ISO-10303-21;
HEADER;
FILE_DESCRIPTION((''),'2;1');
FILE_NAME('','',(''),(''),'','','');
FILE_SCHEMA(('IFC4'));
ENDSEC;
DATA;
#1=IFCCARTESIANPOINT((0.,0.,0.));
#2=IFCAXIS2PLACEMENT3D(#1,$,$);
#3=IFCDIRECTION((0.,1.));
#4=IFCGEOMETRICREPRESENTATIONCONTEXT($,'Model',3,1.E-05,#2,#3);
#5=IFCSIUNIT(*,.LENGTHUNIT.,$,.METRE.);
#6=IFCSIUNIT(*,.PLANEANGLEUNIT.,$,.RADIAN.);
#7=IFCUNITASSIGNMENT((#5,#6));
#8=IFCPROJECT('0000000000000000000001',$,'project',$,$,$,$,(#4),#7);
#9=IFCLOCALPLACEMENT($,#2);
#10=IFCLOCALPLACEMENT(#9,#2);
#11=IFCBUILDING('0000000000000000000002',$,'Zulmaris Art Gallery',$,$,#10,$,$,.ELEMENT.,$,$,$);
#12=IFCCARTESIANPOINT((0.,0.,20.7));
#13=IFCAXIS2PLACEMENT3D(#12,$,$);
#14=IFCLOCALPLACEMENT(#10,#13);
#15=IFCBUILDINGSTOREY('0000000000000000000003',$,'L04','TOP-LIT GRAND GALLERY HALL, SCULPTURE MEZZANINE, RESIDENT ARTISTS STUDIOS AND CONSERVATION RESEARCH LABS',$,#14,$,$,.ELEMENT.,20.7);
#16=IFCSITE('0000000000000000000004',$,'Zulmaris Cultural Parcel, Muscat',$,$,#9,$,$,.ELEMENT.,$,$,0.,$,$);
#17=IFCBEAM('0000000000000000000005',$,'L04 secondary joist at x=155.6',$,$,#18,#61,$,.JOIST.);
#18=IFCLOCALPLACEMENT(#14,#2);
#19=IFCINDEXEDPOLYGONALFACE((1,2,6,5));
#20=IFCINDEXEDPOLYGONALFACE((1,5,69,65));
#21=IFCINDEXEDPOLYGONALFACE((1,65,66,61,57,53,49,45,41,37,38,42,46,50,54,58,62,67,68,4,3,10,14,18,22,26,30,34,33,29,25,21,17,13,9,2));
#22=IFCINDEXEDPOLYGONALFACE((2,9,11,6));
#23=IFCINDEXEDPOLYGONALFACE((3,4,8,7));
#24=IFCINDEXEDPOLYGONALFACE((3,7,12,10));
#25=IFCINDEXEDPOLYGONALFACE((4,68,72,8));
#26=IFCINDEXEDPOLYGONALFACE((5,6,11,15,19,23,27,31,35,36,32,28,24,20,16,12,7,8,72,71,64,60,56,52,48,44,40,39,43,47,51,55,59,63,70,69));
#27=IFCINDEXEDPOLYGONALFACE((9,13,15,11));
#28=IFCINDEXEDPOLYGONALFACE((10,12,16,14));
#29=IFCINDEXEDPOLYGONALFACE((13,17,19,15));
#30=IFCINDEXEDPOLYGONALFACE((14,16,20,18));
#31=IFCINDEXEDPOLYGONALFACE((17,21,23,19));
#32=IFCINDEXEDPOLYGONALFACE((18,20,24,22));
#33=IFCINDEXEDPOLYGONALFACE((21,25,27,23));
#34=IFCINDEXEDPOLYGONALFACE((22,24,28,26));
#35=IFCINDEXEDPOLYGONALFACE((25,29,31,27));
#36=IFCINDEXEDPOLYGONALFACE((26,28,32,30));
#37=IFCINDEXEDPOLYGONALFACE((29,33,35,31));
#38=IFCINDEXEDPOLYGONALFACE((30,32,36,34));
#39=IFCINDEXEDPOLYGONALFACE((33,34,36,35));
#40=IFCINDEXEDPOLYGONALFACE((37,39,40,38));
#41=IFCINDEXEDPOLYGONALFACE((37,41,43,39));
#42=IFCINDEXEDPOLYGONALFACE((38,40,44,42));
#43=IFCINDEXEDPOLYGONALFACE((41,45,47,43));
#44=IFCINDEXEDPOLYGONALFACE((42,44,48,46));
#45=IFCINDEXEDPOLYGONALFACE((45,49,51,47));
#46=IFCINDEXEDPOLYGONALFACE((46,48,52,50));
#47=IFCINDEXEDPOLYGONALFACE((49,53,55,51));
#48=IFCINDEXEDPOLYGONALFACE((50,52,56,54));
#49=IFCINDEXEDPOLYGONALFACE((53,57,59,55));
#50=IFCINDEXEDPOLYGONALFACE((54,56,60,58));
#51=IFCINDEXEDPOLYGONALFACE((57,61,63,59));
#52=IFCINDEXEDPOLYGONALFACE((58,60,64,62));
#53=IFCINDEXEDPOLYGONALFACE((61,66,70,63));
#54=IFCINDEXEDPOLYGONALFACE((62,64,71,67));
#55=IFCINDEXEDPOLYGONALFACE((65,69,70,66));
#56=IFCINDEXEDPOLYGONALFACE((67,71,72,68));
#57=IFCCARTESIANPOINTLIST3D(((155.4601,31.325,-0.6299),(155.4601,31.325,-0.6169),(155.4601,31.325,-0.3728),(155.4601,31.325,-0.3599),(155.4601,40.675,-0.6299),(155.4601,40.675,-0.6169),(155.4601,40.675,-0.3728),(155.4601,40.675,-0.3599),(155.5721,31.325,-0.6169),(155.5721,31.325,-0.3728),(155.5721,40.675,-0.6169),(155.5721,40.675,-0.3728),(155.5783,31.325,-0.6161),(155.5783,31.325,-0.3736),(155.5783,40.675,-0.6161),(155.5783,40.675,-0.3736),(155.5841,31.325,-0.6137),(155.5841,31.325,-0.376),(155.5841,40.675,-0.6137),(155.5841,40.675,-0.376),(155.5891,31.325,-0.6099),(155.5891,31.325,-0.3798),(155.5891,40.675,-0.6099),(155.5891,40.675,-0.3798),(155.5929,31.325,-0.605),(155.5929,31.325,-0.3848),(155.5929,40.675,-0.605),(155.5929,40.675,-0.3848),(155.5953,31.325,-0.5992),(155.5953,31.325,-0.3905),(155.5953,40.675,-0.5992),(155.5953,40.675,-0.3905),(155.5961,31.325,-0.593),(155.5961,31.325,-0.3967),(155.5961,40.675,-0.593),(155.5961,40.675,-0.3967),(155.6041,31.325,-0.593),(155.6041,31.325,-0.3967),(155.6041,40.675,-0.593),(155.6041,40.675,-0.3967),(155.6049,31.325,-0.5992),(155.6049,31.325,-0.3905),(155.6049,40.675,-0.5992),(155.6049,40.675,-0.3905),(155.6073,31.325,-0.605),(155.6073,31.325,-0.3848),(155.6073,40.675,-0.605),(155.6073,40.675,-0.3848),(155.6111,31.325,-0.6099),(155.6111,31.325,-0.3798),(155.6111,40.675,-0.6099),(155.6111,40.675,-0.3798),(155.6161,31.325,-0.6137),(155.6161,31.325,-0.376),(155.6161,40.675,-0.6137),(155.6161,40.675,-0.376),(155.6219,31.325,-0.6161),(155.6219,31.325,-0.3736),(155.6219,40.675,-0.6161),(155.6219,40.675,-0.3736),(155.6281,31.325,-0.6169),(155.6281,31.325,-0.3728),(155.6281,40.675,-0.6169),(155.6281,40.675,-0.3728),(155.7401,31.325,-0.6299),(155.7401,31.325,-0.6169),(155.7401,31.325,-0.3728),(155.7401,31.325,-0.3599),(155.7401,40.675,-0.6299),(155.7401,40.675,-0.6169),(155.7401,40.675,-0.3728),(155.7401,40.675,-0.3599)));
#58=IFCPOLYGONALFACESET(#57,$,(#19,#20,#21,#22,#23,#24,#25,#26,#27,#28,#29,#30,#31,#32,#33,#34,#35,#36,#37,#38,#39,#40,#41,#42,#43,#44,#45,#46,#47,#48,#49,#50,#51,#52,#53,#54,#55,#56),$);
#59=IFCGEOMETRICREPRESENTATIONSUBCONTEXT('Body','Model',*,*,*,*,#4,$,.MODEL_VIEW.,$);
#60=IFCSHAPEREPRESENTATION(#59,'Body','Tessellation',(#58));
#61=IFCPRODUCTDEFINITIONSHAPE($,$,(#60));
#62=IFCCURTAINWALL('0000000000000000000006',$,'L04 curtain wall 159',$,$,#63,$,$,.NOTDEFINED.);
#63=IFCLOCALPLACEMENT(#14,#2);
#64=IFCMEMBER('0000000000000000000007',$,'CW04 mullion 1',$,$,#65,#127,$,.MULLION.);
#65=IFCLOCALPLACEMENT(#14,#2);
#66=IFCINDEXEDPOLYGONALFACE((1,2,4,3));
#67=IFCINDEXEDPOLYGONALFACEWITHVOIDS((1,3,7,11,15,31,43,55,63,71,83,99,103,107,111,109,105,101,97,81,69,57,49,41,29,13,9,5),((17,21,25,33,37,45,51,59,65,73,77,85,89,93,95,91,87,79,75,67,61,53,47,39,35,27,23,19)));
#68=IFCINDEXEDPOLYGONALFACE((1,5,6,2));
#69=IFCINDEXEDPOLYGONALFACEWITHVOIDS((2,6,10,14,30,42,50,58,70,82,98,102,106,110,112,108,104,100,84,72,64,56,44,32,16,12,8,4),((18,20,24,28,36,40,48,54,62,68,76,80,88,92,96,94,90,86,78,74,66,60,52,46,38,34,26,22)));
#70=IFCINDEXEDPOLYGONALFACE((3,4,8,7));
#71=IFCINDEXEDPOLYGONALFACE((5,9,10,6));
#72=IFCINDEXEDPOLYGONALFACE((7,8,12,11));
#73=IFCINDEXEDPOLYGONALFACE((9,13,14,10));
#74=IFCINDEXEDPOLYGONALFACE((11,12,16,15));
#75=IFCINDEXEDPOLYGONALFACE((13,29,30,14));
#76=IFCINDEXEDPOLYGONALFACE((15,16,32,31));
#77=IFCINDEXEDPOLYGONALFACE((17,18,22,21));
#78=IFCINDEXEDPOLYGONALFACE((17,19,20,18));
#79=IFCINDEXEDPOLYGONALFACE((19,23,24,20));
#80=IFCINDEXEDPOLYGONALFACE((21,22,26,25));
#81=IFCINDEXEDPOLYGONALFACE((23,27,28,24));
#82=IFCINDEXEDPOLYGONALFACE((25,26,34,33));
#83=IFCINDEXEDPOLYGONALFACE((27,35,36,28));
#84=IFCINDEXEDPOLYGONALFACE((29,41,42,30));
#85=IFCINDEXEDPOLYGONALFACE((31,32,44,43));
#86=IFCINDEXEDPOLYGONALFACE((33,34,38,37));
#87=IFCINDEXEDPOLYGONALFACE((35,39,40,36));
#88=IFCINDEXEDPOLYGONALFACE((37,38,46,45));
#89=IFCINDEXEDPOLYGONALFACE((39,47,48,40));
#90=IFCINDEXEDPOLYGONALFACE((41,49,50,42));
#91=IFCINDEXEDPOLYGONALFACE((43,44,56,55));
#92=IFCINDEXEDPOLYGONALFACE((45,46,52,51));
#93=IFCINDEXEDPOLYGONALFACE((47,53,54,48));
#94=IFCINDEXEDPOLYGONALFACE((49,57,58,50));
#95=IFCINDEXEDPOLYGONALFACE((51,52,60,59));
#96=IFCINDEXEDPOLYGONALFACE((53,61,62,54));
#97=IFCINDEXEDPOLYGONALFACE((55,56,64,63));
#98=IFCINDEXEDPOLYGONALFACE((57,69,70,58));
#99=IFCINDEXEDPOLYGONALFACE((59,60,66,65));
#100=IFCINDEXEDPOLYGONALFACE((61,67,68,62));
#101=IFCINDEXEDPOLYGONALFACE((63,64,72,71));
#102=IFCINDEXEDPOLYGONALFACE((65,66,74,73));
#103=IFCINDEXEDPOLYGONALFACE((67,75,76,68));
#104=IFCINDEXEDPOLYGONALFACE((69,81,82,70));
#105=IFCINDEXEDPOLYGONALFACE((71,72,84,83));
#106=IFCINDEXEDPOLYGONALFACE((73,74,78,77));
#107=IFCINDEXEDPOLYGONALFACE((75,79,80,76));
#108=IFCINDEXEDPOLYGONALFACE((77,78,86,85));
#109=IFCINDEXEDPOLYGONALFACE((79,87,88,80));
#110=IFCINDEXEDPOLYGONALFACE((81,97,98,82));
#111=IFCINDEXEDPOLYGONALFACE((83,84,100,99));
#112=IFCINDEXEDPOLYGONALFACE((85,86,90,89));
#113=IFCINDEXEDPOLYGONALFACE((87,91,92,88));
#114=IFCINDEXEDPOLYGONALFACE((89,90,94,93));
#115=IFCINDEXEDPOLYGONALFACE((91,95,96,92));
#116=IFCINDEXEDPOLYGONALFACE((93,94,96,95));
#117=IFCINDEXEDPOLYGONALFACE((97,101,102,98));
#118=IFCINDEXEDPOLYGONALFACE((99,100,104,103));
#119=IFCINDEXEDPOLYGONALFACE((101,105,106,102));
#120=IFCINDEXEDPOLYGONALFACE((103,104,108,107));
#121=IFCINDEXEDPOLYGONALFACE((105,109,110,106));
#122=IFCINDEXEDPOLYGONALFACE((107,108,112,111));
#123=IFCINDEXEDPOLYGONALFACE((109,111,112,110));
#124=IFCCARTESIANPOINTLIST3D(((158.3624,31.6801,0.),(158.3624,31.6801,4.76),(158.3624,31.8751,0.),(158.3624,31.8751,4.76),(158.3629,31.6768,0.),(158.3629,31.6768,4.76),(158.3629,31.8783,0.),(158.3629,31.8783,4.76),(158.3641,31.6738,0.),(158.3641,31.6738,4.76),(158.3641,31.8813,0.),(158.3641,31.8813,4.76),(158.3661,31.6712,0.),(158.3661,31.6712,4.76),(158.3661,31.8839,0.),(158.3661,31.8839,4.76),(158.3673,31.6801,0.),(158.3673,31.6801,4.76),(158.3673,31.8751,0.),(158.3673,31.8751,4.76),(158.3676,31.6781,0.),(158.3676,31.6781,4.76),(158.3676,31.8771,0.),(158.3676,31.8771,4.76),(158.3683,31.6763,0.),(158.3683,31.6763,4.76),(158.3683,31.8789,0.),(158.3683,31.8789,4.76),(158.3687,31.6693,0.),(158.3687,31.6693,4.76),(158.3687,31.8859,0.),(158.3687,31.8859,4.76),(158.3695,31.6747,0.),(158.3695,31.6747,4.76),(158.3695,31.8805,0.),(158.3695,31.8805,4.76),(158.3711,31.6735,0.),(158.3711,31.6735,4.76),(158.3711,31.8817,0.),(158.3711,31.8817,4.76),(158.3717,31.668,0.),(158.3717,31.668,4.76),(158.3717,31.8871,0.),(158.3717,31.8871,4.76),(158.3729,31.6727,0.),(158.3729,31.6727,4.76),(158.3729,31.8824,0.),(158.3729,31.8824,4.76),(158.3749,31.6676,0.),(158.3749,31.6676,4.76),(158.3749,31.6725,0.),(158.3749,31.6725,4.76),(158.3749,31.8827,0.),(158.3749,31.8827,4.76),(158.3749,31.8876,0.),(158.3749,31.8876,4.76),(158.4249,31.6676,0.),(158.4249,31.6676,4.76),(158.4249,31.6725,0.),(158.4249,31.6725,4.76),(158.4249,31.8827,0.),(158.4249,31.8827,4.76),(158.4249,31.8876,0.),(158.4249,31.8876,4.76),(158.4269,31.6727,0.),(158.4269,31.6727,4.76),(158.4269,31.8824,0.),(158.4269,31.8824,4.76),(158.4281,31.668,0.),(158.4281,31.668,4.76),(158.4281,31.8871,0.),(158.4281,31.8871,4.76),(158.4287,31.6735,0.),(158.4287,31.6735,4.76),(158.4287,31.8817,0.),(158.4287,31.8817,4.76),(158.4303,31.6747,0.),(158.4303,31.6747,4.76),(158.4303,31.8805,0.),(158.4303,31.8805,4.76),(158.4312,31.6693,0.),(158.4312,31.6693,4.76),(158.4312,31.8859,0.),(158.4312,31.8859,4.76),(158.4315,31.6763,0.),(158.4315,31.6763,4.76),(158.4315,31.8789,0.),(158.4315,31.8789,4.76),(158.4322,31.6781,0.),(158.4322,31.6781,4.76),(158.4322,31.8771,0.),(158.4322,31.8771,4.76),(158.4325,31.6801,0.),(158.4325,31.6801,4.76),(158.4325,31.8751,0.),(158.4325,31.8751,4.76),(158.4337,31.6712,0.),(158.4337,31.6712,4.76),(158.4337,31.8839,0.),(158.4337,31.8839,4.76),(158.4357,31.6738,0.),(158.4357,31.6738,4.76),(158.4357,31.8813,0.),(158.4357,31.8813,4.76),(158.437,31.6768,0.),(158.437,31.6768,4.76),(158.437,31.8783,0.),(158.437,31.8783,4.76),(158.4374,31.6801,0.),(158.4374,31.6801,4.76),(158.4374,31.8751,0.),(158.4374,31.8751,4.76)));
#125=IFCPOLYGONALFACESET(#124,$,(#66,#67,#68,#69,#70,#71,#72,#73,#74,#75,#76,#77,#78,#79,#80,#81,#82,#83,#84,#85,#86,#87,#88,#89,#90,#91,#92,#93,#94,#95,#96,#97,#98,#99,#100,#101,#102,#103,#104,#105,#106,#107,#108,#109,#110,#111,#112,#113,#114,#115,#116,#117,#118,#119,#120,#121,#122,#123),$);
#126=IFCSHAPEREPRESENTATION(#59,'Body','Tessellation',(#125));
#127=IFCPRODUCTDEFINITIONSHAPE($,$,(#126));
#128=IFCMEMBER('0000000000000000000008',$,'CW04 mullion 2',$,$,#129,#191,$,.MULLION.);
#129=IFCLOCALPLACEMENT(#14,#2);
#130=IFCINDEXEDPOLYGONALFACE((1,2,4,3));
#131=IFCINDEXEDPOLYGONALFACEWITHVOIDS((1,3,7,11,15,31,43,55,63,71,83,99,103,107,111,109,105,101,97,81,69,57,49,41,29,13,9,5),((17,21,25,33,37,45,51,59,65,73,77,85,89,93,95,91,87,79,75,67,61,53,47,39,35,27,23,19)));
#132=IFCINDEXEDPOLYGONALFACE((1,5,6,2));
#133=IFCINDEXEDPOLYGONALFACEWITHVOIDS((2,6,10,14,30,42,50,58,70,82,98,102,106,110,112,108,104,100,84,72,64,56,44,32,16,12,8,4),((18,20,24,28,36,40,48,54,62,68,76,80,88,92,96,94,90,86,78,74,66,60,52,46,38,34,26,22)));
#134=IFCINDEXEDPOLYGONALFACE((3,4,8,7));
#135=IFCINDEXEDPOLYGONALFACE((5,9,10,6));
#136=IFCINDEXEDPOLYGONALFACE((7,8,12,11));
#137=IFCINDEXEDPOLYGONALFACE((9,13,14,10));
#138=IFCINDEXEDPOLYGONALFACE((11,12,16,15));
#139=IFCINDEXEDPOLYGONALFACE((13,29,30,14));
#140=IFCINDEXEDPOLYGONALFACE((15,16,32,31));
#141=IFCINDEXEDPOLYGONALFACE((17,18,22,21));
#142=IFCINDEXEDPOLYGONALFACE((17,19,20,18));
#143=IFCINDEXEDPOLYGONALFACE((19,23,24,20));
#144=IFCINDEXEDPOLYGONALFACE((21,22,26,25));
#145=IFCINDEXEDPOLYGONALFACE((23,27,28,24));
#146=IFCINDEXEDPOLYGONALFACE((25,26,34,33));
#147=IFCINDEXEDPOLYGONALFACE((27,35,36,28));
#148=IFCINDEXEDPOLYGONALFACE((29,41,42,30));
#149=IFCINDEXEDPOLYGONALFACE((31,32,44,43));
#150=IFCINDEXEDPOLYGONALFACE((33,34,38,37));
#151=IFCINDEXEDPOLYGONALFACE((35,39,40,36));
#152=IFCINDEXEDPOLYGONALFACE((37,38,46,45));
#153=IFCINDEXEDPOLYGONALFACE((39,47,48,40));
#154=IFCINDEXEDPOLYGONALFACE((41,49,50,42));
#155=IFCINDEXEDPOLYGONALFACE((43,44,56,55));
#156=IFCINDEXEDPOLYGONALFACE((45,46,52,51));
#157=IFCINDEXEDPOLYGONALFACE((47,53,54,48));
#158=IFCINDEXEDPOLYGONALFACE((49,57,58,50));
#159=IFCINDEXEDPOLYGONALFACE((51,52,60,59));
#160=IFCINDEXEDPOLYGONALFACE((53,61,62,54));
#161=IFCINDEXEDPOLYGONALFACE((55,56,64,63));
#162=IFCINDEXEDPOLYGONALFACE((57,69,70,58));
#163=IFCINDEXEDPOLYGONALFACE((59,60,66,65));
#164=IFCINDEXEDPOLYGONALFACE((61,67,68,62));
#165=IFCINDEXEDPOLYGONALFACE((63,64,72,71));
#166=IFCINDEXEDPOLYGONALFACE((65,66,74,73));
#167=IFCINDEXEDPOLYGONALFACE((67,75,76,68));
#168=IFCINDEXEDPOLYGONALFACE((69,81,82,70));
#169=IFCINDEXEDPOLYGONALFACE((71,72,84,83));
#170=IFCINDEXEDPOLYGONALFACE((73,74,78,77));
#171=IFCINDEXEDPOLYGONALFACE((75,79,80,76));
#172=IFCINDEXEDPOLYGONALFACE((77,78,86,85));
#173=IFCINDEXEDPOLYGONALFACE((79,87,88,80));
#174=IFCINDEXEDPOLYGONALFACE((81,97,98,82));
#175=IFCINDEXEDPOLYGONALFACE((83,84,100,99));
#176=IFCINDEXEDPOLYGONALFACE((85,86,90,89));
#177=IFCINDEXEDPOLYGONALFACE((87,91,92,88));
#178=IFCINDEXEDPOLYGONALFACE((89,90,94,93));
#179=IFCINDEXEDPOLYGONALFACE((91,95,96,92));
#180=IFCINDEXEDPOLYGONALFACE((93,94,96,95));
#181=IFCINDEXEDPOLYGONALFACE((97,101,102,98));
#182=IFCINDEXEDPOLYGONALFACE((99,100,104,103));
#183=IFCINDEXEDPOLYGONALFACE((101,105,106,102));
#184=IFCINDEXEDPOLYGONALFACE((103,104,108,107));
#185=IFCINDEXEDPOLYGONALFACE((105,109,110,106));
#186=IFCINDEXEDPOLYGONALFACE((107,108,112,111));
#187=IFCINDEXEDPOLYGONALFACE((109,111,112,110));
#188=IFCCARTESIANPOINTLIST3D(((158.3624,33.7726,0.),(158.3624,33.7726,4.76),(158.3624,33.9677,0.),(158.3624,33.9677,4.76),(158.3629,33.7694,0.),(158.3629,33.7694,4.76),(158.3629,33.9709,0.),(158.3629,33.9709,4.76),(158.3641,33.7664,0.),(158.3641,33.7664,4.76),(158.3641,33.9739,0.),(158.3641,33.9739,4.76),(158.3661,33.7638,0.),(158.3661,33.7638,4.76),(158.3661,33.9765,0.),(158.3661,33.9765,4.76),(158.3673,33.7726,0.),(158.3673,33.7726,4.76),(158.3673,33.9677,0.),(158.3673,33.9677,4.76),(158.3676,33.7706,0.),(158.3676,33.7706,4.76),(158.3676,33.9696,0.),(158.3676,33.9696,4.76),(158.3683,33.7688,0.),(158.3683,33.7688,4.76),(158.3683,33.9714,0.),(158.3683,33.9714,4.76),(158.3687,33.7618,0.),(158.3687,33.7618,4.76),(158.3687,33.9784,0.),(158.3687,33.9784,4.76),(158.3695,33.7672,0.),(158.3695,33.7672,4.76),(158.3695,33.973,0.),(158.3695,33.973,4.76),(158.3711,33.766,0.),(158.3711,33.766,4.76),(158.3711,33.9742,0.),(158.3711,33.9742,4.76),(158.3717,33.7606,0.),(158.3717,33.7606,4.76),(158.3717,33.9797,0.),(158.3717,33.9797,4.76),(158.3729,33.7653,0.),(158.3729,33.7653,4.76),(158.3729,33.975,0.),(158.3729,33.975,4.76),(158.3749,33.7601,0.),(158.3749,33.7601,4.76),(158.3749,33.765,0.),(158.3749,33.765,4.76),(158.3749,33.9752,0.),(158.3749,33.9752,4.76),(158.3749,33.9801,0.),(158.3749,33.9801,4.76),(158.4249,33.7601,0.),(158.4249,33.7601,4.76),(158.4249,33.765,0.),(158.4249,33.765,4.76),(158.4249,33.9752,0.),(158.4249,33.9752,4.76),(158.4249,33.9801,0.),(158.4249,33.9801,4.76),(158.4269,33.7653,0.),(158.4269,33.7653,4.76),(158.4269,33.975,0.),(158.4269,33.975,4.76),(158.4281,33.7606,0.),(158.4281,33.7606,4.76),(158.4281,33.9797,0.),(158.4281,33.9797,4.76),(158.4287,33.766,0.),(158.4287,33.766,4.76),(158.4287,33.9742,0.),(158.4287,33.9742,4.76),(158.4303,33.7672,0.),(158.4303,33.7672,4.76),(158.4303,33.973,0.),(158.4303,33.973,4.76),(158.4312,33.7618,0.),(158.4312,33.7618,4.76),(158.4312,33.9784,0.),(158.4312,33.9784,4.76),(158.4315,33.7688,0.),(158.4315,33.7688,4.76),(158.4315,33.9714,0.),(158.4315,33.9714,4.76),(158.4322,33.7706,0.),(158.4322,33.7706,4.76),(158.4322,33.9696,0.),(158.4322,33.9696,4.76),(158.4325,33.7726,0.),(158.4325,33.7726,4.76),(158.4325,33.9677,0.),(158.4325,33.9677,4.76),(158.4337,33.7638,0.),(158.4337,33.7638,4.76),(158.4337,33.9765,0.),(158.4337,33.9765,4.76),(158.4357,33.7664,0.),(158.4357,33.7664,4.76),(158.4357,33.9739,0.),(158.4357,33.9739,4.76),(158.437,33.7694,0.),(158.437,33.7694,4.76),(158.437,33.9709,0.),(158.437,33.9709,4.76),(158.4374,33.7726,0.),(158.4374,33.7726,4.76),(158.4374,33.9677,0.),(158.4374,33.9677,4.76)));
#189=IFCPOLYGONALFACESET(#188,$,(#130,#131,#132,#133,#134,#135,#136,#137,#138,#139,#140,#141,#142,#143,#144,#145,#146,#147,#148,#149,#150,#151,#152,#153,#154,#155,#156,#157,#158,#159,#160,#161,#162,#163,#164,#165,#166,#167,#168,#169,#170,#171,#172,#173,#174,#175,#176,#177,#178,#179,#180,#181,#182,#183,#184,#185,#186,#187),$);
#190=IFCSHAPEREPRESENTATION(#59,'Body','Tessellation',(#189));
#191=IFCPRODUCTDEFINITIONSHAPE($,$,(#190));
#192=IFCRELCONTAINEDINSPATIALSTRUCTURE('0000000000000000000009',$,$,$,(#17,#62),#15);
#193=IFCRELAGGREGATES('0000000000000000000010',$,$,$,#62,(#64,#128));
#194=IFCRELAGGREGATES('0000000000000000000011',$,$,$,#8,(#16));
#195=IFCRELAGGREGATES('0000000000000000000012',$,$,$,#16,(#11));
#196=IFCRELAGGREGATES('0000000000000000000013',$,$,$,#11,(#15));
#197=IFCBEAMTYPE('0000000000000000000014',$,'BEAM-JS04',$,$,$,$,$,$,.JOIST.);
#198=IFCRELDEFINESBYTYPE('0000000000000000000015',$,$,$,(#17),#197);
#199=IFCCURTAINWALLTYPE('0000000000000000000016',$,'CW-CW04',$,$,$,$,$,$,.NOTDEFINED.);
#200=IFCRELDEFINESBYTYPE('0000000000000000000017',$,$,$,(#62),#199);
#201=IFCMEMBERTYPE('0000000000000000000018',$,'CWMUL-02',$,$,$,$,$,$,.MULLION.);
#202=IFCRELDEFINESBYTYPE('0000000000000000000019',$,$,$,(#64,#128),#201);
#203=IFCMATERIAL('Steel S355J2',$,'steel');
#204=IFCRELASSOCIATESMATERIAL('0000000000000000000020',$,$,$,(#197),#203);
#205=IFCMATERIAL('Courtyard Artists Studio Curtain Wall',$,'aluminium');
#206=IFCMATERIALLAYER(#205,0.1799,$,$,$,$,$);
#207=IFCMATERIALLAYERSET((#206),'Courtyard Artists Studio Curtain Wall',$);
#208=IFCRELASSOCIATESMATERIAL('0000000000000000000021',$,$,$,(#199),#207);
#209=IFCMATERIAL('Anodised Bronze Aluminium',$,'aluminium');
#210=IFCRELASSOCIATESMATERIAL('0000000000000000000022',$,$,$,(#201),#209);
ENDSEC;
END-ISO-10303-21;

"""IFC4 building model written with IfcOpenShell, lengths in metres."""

from ifc_helpers import new_model, si_unit, direction, frame, origin, origin_2d, place, context, subcontext, project, spatial, hollow_rectangle, i_section, extrude, material, layer, layer_set, material_profile, profile_set, type_object, element, aggregate, save


model = new_model("IFC4")

# Units and contexts
model_context = context("Model", 3, precision=1e-05, world=origin(), true_north=direction((0.0, 1.0)))
body_context = subcontext(model_context, "Body", "Model", "MODEL_VIEW")
ifc_project = project(units=[si_unit("LENGTHUNIT", "METRE"), si_unit("PLANEANGLEUNIT", "RADIAN")], contexts=[model_context])

# Site, building, storey
site_placement = place(None, origin())
site = spatial("IfcSite", under=ifc_project, at=site_placement, Name="Zulmaris Cultural Parcel, Muscat", CompositionType="ELEMENT", RefElevation=0.0)
building_placement = place(site_placement, origin())
building = spatial("IfcBuilding", under=site, at=building_placement, Name="Zulmaris Art Gallery", CompositionType="ELEMENT")
storey_placement = place(building_placement, frame((0.0, 0.0, 20.7)))
storey = spatial("IfcBuildingStorey", under=building, at=storey_placement, Name="L04", Description="TOP-LIT GRAND GALLERY HALL, SCULPTURE MEZZANINE, RESIDENT ARTISTS STUDIOS AND CONSERVATION RESEARCH LABS", CompositionType="ELEMENT", Elevation=20.7)

# Beam
ifc_material_1 = material(Name="Steel S355J2", Category="steel")
ifc_material_profile_1 = material_profile(ifc_material_1, i_section(OverallWidth=0.28, OverallDepth=0.27, WebThickness=0.0081, FlangeThickness=0.0129, FilletRadius=0.0239, at=origin_2d()), Name="HEA 280")
ifc_profile_set_1 = profile_set([ifc_material_profile_1], Name="Steel S355J2")
beam_type_1 = type_object("IfcBeamType", Name="BEAM-JS04", PredefinedType="JOIST", material=ifc_profile_set_1)
beam_1_placement = place(storey_placement, frame((155.6001, 31.325, -0.4949), z_axis=(0.0, 1.0, 0.0), x_axis=(-1.0, 0.0, 0.0)))
element("IfcBeam", 1, at=beam_1_placement, inside=storey, type_object=beam_type_1, Name="L04 secondary joist at x=155.6", PredefinedType="JOIST", context=body_context, shape_type="SweptSolid", body=[
    extrude(i_section(OverallWidth=0.28, OverallDepth=0.27, WebThickness=0.0081, FlangeThickness=0.0129, FilletRadius=0.0239, at=origin_2d()), origin(), (0.0, 0.0, 1.0), 9.3501),
])

# Curtain wall, members
ifc_material_2 = material(Name="Courtyard Artists Studio Curtain Wall", Category="aluminium")
ifc_layer_1 = layer(ifc_material_2, 0.1799)
ifc_layer_set_1 = layer_set([ifc_layer_1], Name="Courtyard Artists Studio Curtain Wall")
curtain_wall_type = type_object("IfcCurtainWallType", Name="CW-CW04", PredefinedType="NOTDEFINED", material=ifc_layer_set_1)
curtain_wall_placement = place(storey_placement, origin())
curtain_wall = element("IfcCurtainWall", 2, at=curtain_wall_placement, inside=storey, type_object=curtain_wall_type, Name="L04 curtain wall 159", PredefinedType="NOTDEFINED")
ifc_material_3 = material(Name="Anodised Bronze Aluminium", Category="aluminium")
ifc_material_profile_2 = material_profile(ifc_material_3, hollow_rectangle(XDim=0.075, YDim=0.22, WallThickness=0.0049, InnerFilletRadius=0.0076, OuterFilletRadius=0.0125, at=origin_2d()), Name="ALU 75x220x5")
ifc_profile_set_2 = profile_set([ifc_material_profile_2], Name="Anodised Bronze Aluminium")
member_type_1 = type_object("IfcMemberType", Name="CWMUL-02", PredefinedType="MULLION", material=ifc_profile_set_2)
member_1_placement = place(storey_placement, frame((158.3999, 31.7776, 0.0), z_axis=(0.0, 0.0, 1.0), x_axis=(-1.0, 0.0, 0.0)))
member_1 = element("IfcMember", 3, at=member_1_placement, type_object=member_type_1, Name="CW04 mullion 1", PredefinedType="MULLION", context=body_context, shape_type="SweptSolid", body=[
    extrude(hollow_rectangle(XDim=0.075, YDim=0.22, WallThickness=0.0049, InnerFilletRadius=0.0076, OuterFilletRadius=0.0125, at=origin_2d()), origin(), (0.0, 0.0, 1.0), 4.76),
])
member_2_placement = place(storey_placement, frame((158.3999, 33.8701, 0.0), z_axis=(0.0, 0.0, 1.0), x_axis=(-1.0, 0.0, 0.0)))
member_2 = element("IfcMember", 4, at=member_2_placement, type_object=member_type_1, Name="CW04 mullion 2", PredefinedType="MULLION", context=body_context, shape_type="SweptSolid", body=[
    extrude(hollow_rectangle(XDim=0.075, YDim=0.22, WallThickness=0.0049, InnerFilletRadius=0.0076, OuterFilletRadius=0.0125, at=origin_2d()), origin(), (0.0, 0.0, 1.0), 4.76),
])
aggregate(curtain_wall, [member_1, member_2])

save(model, "model.ifc")
